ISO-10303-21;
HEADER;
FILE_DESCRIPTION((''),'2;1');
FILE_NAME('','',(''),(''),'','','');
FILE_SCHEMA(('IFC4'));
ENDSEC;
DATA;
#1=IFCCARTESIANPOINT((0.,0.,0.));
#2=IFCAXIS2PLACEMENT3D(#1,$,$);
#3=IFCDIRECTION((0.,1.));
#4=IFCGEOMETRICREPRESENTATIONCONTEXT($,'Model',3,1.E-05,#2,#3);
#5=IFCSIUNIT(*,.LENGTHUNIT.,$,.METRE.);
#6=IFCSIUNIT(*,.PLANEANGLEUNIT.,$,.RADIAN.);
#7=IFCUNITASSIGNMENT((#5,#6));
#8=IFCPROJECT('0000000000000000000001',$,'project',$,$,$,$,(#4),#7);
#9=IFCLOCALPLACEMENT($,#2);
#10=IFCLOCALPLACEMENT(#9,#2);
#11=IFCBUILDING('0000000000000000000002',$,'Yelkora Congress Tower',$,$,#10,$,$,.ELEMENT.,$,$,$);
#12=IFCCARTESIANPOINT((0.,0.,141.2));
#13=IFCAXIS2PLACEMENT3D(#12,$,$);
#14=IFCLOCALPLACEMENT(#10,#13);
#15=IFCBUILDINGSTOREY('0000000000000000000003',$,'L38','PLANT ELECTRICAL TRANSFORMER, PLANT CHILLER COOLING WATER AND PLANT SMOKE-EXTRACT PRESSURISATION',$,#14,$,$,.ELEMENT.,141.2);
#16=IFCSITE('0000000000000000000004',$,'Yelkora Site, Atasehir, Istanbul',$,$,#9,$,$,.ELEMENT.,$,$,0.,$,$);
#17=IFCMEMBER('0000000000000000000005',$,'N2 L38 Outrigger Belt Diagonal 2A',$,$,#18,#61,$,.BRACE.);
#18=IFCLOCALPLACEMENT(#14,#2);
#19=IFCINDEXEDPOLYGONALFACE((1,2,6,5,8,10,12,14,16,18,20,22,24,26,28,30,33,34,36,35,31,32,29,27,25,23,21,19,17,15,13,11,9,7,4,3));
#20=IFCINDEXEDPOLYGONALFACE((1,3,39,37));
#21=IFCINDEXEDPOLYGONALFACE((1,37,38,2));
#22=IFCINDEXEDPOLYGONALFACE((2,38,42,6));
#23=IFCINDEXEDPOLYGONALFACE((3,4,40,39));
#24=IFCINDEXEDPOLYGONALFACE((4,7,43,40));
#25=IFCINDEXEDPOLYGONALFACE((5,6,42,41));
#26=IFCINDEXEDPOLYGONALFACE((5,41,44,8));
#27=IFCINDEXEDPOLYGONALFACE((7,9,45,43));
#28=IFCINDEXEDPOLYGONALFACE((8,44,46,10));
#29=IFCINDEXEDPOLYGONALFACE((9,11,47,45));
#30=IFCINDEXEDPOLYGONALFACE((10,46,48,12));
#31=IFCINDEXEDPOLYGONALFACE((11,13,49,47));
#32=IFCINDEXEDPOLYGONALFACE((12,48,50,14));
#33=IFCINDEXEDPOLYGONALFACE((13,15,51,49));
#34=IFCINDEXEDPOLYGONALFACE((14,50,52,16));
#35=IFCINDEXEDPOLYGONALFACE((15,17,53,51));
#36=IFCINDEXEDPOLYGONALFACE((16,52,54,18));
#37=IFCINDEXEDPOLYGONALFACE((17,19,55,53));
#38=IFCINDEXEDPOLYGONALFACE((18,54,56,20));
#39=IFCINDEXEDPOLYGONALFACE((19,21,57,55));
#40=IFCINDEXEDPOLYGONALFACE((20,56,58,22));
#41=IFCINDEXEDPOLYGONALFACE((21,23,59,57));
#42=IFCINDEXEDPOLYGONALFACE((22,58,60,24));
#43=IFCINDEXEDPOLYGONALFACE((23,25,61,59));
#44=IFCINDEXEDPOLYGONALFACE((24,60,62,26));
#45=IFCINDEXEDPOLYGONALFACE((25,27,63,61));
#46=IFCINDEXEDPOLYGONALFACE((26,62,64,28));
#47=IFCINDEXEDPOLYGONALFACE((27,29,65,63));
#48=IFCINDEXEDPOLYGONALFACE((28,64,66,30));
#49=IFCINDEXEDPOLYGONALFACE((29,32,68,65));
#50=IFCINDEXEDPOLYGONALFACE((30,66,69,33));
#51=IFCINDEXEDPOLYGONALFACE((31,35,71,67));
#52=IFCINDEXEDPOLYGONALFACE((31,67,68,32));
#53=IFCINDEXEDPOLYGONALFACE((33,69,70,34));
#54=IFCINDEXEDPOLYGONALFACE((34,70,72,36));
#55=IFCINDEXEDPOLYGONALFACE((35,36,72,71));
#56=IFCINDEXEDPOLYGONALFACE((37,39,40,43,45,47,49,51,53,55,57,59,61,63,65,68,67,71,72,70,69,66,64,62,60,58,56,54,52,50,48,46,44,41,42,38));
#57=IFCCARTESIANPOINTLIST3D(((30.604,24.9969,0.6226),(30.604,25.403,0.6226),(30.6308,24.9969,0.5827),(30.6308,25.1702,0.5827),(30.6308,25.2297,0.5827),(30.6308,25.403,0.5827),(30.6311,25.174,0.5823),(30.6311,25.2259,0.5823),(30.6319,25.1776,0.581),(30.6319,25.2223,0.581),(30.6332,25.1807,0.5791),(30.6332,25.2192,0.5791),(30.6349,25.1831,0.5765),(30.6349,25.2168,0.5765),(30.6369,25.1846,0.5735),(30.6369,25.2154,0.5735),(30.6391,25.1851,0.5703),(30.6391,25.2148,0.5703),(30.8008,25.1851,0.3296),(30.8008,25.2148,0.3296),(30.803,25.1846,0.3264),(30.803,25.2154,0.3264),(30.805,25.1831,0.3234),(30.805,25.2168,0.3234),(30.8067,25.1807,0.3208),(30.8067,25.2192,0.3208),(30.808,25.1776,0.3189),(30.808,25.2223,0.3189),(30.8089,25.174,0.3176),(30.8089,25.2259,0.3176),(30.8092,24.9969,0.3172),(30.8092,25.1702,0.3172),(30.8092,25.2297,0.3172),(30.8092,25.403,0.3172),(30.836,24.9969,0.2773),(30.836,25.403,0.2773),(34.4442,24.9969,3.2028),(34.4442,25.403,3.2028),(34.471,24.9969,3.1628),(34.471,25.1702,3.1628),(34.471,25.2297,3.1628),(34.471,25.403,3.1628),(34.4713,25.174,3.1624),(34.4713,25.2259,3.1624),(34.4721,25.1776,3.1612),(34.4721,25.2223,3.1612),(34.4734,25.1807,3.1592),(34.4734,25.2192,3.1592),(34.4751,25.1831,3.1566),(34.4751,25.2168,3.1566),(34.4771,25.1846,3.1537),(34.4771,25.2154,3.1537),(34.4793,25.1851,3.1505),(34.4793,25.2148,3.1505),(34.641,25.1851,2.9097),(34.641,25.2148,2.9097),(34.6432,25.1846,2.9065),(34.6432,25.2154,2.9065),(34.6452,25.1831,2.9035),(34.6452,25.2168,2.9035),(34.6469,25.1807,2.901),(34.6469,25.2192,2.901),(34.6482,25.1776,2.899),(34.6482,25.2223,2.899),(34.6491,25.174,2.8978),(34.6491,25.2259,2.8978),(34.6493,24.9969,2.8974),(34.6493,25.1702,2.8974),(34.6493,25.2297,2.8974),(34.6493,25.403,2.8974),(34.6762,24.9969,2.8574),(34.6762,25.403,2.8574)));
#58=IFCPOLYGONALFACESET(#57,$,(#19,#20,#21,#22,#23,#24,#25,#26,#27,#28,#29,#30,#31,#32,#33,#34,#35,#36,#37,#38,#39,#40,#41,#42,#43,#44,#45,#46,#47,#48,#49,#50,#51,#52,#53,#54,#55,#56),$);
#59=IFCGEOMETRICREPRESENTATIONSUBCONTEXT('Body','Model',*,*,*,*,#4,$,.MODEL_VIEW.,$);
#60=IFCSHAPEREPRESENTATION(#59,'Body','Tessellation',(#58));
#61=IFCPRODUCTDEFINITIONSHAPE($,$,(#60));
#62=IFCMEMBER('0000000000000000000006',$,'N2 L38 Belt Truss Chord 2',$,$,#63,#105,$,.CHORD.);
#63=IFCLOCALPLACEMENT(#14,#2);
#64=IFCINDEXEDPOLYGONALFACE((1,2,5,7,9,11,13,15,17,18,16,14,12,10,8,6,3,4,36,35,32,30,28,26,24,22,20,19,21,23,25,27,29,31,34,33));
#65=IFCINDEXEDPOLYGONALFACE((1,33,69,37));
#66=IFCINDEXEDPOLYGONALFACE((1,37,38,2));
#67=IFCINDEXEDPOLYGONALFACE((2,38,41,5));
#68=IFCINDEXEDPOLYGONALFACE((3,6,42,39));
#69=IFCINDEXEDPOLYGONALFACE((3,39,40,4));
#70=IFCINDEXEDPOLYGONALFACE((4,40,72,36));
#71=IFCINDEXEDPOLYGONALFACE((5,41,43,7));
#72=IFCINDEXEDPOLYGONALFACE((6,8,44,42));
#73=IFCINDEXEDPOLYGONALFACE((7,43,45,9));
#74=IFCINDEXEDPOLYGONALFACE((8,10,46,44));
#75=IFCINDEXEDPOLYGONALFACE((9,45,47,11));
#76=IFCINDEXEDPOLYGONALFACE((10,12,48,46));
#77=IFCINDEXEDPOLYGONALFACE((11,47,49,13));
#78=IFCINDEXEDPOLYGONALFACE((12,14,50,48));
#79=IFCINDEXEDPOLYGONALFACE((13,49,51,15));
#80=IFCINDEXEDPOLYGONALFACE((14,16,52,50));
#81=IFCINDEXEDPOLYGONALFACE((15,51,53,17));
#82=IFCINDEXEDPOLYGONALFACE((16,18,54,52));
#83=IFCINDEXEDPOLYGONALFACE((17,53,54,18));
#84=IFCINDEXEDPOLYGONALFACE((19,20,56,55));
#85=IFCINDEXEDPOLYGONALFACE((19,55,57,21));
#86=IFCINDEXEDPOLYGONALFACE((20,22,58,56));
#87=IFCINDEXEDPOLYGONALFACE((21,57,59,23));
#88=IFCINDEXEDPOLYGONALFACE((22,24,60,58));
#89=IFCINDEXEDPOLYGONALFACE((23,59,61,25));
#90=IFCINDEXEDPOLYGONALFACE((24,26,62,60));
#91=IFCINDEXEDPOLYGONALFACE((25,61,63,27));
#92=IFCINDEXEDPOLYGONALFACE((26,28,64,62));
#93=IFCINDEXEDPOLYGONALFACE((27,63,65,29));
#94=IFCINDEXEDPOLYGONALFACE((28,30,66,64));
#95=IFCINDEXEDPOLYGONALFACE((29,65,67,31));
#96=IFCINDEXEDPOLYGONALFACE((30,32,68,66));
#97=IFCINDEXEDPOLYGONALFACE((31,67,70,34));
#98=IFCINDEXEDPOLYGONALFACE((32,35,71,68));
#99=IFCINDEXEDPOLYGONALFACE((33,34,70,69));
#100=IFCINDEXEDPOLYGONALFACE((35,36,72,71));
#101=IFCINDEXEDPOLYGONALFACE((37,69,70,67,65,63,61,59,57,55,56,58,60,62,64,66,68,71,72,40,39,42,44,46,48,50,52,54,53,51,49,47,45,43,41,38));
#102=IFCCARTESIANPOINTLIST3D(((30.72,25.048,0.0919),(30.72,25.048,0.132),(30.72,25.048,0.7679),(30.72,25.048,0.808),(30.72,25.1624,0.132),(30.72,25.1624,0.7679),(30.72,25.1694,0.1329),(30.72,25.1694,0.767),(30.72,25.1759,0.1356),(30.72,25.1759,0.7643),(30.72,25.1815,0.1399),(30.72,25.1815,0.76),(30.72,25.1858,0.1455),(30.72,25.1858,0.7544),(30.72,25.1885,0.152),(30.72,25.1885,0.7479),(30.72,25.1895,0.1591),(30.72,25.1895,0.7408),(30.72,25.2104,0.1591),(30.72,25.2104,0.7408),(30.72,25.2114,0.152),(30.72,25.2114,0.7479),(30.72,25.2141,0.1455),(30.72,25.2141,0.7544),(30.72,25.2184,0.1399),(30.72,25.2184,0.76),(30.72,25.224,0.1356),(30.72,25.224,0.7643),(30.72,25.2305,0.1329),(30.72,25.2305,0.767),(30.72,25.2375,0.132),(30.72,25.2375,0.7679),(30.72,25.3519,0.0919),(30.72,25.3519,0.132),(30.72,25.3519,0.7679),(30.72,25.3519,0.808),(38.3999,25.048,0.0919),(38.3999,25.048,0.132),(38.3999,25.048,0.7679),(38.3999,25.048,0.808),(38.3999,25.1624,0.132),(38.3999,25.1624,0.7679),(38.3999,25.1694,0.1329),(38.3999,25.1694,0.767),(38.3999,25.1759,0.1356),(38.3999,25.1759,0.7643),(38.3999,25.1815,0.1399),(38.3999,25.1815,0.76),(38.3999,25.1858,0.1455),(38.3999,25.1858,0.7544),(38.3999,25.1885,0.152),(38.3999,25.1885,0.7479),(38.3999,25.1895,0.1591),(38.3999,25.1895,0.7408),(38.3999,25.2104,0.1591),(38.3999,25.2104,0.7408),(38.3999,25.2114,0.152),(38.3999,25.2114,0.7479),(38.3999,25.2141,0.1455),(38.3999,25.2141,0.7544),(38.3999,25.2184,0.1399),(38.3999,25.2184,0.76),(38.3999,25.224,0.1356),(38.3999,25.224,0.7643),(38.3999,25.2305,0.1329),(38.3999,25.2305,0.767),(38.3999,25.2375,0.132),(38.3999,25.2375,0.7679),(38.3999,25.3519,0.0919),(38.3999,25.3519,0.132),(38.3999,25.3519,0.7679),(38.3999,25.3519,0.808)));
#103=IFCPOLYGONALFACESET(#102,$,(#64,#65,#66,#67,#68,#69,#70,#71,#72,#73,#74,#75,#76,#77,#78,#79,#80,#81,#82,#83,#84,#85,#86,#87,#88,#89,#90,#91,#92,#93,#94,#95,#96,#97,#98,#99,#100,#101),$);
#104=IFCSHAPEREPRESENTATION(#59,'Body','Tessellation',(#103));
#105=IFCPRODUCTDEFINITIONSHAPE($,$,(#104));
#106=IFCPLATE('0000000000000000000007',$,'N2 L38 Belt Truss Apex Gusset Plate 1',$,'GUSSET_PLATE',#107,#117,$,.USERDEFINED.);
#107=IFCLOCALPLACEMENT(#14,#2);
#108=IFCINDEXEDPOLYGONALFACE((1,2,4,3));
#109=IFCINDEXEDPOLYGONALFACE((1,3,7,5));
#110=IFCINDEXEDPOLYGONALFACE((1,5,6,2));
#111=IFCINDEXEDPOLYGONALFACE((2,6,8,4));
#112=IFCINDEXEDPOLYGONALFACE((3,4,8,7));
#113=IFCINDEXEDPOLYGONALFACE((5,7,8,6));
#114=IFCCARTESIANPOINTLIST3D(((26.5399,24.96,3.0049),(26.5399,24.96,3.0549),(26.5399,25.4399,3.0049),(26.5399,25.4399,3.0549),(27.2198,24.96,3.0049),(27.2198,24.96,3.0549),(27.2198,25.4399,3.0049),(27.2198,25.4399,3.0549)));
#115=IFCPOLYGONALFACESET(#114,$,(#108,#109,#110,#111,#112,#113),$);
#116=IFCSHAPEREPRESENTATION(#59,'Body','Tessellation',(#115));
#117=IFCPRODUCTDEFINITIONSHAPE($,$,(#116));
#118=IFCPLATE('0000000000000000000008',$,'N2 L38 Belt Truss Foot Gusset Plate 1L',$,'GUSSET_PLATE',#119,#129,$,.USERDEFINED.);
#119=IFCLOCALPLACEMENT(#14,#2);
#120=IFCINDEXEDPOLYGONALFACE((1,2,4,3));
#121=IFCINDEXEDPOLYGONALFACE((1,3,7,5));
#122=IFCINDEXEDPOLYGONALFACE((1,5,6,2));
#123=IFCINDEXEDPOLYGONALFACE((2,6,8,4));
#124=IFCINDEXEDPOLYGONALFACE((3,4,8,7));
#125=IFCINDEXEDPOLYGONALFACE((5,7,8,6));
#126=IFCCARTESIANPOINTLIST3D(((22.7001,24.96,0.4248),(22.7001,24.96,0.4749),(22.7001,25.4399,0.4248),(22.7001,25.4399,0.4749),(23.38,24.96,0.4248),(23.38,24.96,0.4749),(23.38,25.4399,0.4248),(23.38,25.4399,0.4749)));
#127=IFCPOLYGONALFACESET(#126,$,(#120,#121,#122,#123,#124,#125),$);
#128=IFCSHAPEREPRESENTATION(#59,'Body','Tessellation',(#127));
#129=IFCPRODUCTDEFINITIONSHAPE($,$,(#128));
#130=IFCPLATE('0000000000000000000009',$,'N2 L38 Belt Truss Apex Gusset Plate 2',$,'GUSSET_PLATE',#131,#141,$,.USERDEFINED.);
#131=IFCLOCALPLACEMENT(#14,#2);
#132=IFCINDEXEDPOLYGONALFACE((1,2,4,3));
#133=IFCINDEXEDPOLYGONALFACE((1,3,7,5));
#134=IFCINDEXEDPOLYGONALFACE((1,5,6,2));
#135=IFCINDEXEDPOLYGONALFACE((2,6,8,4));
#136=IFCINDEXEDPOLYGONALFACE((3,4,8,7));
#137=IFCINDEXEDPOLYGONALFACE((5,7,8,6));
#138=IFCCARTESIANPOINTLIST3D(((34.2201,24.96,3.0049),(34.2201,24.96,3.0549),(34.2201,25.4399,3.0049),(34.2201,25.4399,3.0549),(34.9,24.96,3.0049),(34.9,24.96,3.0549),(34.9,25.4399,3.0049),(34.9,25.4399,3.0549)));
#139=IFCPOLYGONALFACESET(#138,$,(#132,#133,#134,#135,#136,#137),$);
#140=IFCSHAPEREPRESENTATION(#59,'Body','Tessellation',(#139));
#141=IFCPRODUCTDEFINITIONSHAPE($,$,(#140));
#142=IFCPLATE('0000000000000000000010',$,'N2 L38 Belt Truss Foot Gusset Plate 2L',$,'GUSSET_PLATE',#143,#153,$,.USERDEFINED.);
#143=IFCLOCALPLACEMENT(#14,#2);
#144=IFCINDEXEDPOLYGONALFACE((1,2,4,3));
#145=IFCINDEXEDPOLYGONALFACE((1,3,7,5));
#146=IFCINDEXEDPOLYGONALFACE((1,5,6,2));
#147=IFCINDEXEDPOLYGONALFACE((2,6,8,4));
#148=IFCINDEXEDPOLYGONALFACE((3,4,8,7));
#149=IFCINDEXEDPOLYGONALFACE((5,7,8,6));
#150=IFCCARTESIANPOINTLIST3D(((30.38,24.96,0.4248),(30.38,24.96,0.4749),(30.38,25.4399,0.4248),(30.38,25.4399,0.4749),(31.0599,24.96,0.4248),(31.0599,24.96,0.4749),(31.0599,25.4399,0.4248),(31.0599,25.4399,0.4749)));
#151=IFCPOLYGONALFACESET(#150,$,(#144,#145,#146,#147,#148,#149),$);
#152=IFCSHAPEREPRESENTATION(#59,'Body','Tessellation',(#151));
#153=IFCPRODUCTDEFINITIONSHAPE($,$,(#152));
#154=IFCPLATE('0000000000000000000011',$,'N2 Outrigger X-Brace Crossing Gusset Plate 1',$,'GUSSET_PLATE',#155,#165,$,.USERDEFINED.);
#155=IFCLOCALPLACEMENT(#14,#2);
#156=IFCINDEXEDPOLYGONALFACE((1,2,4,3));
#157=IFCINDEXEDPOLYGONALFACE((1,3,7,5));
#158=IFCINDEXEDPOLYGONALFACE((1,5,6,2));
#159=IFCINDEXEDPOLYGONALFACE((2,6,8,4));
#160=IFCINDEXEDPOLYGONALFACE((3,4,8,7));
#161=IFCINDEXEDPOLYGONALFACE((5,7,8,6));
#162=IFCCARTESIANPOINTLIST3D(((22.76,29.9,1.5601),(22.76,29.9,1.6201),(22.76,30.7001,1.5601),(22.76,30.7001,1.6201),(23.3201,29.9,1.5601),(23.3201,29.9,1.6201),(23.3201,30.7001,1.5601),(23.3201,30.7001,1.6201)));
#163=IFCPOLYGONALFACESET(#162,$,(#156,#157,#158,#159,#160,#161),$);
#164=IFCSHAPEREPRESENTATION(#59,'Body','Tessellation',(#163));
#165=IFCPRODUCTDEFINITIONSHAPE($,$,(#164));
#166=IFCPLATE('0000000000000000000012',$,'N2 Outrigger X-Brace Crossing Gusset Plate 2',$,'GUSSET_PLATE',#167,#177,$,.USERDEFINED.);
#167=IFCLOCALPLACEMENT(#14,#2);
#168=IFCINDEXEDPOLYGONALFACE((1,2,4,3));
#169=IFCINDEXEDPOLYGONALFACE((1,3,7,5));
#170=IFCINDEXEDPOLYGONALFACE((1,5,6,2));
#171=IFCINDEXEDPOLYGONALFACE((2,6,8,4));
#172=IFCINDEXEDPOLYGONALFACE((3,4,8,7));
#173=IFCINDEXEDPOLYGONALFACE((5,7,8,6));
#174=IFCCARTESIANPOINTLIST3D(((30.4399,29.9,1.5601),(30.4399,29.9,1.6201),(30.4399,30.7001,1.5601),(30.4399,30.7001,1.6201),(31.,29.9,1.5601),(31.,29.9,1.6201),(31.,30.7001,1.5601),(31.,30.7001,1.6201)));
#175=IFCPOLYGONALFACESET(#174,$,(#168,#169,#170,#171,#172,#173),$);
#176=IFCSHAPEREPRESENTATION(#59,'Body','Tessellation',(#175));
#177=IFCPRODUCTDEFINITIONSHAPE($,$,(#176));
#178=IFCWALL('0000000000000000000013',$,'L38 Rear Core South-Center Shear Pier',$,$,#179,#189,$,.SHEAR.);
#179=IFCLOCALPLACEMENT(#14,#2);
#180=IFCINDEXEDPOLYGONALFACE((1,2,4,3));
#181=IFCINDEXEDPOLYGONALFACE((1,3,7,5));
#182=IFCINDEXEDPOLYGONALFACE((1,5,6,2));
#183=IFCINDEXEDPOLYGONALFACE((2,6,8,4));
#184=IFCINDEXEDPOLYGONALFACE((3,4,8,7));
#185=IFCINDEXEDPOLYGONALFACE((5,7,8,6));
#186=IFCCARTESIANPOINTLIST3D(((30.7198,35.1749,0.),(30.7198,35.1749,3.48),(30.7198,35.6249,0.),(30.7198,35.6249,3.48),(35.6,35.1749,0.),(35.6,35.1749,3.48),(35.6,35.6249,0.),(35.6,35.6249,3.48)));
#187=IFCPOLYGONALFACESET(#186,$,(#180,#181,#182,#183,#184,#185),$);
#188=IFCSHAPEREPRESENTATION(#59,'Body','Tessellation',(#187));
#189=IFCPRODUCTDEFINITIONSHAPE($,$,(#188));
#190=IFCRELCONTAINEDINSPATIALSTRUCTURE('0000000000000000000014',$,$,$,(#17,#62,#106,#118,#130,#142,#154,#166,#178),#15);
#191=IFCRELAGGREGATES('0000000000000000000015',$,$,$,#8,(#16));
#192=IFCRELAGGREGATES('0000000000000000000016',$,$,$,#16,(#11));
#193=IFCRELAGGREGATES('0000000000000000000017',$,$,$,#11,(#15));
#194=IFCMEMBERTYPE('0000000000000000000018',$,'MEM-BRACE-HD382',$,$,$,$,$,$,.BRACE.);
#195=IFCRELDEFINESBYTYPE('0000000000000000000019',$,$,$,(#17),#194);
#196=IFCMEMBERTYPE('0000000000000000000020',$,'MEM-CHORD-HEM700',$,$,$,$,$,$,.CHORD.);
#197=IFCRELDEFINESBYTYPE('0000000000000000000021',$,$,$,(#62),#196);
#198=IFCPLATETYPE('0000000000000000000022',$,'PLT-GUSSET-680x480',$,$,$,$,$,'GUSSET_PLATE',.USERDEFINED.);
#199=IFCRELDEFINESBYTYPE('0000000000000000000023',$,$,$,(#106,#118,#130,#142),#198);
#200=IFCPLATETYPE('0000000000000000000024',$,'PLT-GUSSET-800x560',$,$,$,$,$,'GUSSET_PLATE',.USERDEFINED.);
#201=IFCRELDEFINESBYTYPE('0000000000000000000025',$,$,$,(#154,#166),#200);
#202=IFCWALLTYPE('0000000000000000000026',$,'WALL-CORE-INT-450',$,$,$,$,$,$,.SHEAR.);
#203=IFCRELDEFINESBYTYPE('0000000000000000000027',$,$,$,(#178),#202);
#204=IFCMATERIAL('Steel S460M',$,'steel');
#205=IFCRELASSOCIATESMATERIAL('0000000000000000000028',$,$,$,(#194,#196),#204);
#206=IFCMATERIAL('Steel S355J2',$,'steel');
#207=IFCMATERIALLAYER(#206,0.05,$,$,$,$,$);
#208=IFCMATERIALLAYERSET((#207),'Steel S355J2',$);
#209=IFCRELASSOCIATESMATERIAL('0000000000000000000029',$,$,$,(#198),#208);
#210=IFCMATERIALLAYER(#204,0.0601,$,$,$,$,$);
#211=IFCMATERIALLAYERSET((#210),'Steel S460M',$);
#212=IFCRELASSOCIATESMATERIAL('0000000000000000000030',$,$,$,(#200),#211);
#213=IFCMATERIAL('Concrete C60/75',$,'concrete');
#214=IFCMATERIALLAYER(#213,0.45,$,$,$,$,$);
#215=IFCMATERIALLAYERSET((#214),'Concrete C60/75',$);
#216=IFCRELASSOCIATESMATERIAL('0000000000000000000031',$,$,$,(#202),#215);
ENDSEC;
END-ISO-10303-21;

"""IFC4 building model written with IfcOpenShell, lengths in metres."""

from ifc_helpers import new_model, si_unit, direction, frame, frame_2d, origin, origin_2d, place, context, subcontext, project, spatial, rectangle, i_section, extrude, material, layer, layer_set, material_profile, profile_set, type_object, element, save


model = new_model("IFC4")

# Units and contexts
model_context = context("Model", 3, precision=1e-05, world=origin(), true_north=direction((0.0, 1.0)))
body_context = subcontext(model_context, "Body", "Model", "MODEL_VIEW")
ifc_project = project(units=[si_unit("LENGTHUNIT", "METRE"), si_unit("PLANEANGLEUNIT", "RADIAN")], contexts=[model_context])

# Site, building, storey
site_placement = place(None, origin())
site = spatial("IfcSite", under=ifc_project, at=site_placement, Name="Yelkora Site, Atasehir, Istanbul", CompositionType="ELEMENT", RefElevation=0.0)
building_placement = place(site_placement, origin())
building = spatial("IfcBuilding", under=site, at=building_placement, Name="Yelkora Congress Tower", CompositionType="ELEMENT")
storey_placement = place(building_placement, frame((0.0, 0.0, 141.2)))
storey = spatial("IfcBuildingStorey", under=building, at=storey_placement, Name="L38", Description="PLANT ELECTRICAL TRANSFORMER, PLANT CHILLER COOLING WATER AND PLANT SMOKE-EXTRACT PRESSURISATION", CompositionType="ELEMENT", Elevation=141.2)

# Shared definitions
ifc_material_1 = material(Name="Steel S460M", Category="steel")

# Members
ifc_material_profile_1 = material_profile(ifc_material_1, i_section(OverallWidth=0.406, OverallDepth=0.416, WebThickness=0.0298, FlangeThickness=0.0481, FilletRadius=0.0149, at=origin_2d()), Name="HD 400x382")
ifc_profile_set_1 = profile_set([ifc_material_profile_1], Name="Steel S460M")
member_type_1 = type_object("IfcMemberType", Name="MEM-BRACE-HD382", PredefinedType="BRACE", material=ifc_profile_set_1)
for number, where, z_axis, x_axis, name in (
    (1, (30.72, 25.2, 0.45), (0.830048, 0.0, 0.557692), (0.0, 1.0, 0.0), "N2 L38 Outrigger Belt Diagonal 2A"),
):
    element("IfcMember", number, at=place(storey_placement, frame(where, z_axis=z_axis, x_axis=x_axis)), inside=storey, type_object=member_type_1, Name=name, PredefinedType="BRACE", context=body_context, shape_type="SweptSolid", body=[
        extrude(i_section(OverallWidth=0.406, OverallDepth=0.416, WebThickness=0.0298, FlangeThickness=0.0481, FilletRadius=0.0149, at=origin_2d()), origin(), (0.0, 0.0, 1.0), 4.6265),
    ])
ifc_material_profile_2 = material_profile(ifc_material_1, i_section(OverallWidth=0.304, OverallDepth=0.7161, WebThickness=0.021, FlangeThickness=0.04, FilletRadius=0.0271, at=origin_2d()), Name="HEM 700")
ifc_profile_set_2 = profile_set([ifc_material_profile_2], Name="Steel S460M")
member_type_2 = type_object("IfcMemberType", Name="MEM-CHORD-HEM700", PredefinedType="CHORD", material=ifc_profile_set_2)
member_1_placement = place(storey_placement, frame((30.72, 25.2, 0.45), z_axis=(1.0, 0.0, 0.0), x_axis=(0.0, 1.0, 0.0)))
element("IfcMember", 2, at=member_1_placement, inside=storey, type_object=member_type_2, Name="N2 L38 Belt Truss Chord 2", PredefinedType="CHORD", context=body_context, shape_type="SweptSolid", body=[
    extrude(i_section(OverallWidth=0.304, OverallDepth=0.7161, WebThickness=0.021, FlangeThickness=0.04, FilletRadius=0.0271, at=origin_2d()), origin(), (0.0, 0.0, 1.0), 7.6799),
])

# Plates
ifc_material_2 = material(Name="Steel S355J2", Category="steel")
ifc_layer_1 = layer(ifc_material_2, 0.05)
ifc_layer_set_1 = layer_set([ifc_layer_1], Name="Steel S355J2")
plate_type_1 = type_object("IfcPlateType", Name="PLT-GUSSET-680x480", ElementType="GUSSET_PLATE", PredefinedType="USERDEFINED", material=ifc_layer_set_1)
for number, where, z_axis, x_axis, name in (
    (3, (26.8799, 25.2, 3.0049), (0.0, 0.0, 1.0), (1.0, 0.0, 0.0), "N2 L38 Belt Truss Apex Gusset Plate 1"),
    (4, (23.04, 25.2, 0.4248), (0.0, 0.0, 1.0), (1.0, 0.0, 0.0), "N2 L38 Belt Truss Foot Gusset Plate 1L"),
    (5, (34.5601, 25.2, 3.0049), (0.0, 0.0, 1.0), (1.0, 0.0, 0.0), "N2 L38 Belt Truss Apex Gusset Plate 2"),
    (6, (30.72, 25.2, 0.4248), (0.0, 0.0, 1.0), (1.0, 0.0, 0.0), "N2 L38 Belt Truss Foot Gusset Plate 2L"),
):
    element("IfcPlate", number, at=place(storey_placement, frame(where, z_axis=z_axis, x_axis=x_axis)), inside=storey, type_object=plate_type_1, Name=name, ObjectType="GUSSET_PLATE", PredefinedType="USERDEFINED", context=body_context, shape_type="SweptSolid", body=[
        extrude(rectangle(XDim=0.6799, YDim=0.48, at=origin_2d()), origin(), (0.0, 0.0, 1.0), 0.05),
    ])
ifc_layer_2 = layer(ifc_material_1, 0.0601)
ifc_layer_set_2 = layer_set([ifc_layer_2], Name="Steel S460M")
plate_type_2 = type_object("IfcPlateType", Name="PLT-GUSSET-800x560", ElementType="GUSSET_PLATE", PredefinedType="USERDEFINED", material=ifc_layer_set_2)
for number, where, z_axis, x_axis, name in (
    (7, (23.04, 30.3, 1.5601), (0.0, 0.0, 1.0), (0.0, 1.0, 0.0), "N2 Outrigger X-Brace Crossing Gusset Plate 1"),
    (8, (30.72, 30.3, 1.5601), (0.0, 0.0, 1.0), (0.0, 1.0, 0.0), "N2 Outrigger X-Brace Crossing Gusset Plate 2"),
):
    element("IfcPlate", number, at=place(storey_placement, frame(where, z_axis=z_axis, x_axis=x_axis)), inside=storey, type_object=plate_type_2, Name=name, ObjectType="GUSSET_PLATE", PredefinedType="USERDEFINED", context=body_context, shape_type="SweptSolid", body=[
        extrude(rectangle(XDim=0.8, YDim=0.5601, at=origin_2d()), origin(), (0.0, 0.0, 1.0), 0.0601),
    ])

# Wall
ifc_material_3 = material(Name="Concrete C60/75", Category="concrete")
ifc_layer_3 = layer(ifc_material_3, 0.45)
ifc_layer_set_3 = layer_set([ifc_layer_3], Name="Concrete C60/75")
wall_type_1 = type_object("IfcWallType", Name="WALL-CORE-INT-450", PredefinedType="SHEAR", material=ifc_layer_set_3)
wall_1_placement = place(storey_placement, frame((30.72, 35.3999, 0.0), z_axis=(0.0, 0.0, 1.0), x_axis=(1.0, 0.0, 0.0)))
element("IfcWall", 9, at=wall_1_placement, inside=storey, type_object=wall_type_1, Name="L38 Rear Core South-Center Shear Pier", PredefinedType="SHEAR", context=body_context, shape_type="SweptSolid", body=[
    extrude(rectangle(XDim=4.8801, YDim=0.45, at=frame_2d((2.4399, 0.0))), origin(), (0.0, 0.0, 1.0), 3.48),
])

save(model, "model.ifc")
